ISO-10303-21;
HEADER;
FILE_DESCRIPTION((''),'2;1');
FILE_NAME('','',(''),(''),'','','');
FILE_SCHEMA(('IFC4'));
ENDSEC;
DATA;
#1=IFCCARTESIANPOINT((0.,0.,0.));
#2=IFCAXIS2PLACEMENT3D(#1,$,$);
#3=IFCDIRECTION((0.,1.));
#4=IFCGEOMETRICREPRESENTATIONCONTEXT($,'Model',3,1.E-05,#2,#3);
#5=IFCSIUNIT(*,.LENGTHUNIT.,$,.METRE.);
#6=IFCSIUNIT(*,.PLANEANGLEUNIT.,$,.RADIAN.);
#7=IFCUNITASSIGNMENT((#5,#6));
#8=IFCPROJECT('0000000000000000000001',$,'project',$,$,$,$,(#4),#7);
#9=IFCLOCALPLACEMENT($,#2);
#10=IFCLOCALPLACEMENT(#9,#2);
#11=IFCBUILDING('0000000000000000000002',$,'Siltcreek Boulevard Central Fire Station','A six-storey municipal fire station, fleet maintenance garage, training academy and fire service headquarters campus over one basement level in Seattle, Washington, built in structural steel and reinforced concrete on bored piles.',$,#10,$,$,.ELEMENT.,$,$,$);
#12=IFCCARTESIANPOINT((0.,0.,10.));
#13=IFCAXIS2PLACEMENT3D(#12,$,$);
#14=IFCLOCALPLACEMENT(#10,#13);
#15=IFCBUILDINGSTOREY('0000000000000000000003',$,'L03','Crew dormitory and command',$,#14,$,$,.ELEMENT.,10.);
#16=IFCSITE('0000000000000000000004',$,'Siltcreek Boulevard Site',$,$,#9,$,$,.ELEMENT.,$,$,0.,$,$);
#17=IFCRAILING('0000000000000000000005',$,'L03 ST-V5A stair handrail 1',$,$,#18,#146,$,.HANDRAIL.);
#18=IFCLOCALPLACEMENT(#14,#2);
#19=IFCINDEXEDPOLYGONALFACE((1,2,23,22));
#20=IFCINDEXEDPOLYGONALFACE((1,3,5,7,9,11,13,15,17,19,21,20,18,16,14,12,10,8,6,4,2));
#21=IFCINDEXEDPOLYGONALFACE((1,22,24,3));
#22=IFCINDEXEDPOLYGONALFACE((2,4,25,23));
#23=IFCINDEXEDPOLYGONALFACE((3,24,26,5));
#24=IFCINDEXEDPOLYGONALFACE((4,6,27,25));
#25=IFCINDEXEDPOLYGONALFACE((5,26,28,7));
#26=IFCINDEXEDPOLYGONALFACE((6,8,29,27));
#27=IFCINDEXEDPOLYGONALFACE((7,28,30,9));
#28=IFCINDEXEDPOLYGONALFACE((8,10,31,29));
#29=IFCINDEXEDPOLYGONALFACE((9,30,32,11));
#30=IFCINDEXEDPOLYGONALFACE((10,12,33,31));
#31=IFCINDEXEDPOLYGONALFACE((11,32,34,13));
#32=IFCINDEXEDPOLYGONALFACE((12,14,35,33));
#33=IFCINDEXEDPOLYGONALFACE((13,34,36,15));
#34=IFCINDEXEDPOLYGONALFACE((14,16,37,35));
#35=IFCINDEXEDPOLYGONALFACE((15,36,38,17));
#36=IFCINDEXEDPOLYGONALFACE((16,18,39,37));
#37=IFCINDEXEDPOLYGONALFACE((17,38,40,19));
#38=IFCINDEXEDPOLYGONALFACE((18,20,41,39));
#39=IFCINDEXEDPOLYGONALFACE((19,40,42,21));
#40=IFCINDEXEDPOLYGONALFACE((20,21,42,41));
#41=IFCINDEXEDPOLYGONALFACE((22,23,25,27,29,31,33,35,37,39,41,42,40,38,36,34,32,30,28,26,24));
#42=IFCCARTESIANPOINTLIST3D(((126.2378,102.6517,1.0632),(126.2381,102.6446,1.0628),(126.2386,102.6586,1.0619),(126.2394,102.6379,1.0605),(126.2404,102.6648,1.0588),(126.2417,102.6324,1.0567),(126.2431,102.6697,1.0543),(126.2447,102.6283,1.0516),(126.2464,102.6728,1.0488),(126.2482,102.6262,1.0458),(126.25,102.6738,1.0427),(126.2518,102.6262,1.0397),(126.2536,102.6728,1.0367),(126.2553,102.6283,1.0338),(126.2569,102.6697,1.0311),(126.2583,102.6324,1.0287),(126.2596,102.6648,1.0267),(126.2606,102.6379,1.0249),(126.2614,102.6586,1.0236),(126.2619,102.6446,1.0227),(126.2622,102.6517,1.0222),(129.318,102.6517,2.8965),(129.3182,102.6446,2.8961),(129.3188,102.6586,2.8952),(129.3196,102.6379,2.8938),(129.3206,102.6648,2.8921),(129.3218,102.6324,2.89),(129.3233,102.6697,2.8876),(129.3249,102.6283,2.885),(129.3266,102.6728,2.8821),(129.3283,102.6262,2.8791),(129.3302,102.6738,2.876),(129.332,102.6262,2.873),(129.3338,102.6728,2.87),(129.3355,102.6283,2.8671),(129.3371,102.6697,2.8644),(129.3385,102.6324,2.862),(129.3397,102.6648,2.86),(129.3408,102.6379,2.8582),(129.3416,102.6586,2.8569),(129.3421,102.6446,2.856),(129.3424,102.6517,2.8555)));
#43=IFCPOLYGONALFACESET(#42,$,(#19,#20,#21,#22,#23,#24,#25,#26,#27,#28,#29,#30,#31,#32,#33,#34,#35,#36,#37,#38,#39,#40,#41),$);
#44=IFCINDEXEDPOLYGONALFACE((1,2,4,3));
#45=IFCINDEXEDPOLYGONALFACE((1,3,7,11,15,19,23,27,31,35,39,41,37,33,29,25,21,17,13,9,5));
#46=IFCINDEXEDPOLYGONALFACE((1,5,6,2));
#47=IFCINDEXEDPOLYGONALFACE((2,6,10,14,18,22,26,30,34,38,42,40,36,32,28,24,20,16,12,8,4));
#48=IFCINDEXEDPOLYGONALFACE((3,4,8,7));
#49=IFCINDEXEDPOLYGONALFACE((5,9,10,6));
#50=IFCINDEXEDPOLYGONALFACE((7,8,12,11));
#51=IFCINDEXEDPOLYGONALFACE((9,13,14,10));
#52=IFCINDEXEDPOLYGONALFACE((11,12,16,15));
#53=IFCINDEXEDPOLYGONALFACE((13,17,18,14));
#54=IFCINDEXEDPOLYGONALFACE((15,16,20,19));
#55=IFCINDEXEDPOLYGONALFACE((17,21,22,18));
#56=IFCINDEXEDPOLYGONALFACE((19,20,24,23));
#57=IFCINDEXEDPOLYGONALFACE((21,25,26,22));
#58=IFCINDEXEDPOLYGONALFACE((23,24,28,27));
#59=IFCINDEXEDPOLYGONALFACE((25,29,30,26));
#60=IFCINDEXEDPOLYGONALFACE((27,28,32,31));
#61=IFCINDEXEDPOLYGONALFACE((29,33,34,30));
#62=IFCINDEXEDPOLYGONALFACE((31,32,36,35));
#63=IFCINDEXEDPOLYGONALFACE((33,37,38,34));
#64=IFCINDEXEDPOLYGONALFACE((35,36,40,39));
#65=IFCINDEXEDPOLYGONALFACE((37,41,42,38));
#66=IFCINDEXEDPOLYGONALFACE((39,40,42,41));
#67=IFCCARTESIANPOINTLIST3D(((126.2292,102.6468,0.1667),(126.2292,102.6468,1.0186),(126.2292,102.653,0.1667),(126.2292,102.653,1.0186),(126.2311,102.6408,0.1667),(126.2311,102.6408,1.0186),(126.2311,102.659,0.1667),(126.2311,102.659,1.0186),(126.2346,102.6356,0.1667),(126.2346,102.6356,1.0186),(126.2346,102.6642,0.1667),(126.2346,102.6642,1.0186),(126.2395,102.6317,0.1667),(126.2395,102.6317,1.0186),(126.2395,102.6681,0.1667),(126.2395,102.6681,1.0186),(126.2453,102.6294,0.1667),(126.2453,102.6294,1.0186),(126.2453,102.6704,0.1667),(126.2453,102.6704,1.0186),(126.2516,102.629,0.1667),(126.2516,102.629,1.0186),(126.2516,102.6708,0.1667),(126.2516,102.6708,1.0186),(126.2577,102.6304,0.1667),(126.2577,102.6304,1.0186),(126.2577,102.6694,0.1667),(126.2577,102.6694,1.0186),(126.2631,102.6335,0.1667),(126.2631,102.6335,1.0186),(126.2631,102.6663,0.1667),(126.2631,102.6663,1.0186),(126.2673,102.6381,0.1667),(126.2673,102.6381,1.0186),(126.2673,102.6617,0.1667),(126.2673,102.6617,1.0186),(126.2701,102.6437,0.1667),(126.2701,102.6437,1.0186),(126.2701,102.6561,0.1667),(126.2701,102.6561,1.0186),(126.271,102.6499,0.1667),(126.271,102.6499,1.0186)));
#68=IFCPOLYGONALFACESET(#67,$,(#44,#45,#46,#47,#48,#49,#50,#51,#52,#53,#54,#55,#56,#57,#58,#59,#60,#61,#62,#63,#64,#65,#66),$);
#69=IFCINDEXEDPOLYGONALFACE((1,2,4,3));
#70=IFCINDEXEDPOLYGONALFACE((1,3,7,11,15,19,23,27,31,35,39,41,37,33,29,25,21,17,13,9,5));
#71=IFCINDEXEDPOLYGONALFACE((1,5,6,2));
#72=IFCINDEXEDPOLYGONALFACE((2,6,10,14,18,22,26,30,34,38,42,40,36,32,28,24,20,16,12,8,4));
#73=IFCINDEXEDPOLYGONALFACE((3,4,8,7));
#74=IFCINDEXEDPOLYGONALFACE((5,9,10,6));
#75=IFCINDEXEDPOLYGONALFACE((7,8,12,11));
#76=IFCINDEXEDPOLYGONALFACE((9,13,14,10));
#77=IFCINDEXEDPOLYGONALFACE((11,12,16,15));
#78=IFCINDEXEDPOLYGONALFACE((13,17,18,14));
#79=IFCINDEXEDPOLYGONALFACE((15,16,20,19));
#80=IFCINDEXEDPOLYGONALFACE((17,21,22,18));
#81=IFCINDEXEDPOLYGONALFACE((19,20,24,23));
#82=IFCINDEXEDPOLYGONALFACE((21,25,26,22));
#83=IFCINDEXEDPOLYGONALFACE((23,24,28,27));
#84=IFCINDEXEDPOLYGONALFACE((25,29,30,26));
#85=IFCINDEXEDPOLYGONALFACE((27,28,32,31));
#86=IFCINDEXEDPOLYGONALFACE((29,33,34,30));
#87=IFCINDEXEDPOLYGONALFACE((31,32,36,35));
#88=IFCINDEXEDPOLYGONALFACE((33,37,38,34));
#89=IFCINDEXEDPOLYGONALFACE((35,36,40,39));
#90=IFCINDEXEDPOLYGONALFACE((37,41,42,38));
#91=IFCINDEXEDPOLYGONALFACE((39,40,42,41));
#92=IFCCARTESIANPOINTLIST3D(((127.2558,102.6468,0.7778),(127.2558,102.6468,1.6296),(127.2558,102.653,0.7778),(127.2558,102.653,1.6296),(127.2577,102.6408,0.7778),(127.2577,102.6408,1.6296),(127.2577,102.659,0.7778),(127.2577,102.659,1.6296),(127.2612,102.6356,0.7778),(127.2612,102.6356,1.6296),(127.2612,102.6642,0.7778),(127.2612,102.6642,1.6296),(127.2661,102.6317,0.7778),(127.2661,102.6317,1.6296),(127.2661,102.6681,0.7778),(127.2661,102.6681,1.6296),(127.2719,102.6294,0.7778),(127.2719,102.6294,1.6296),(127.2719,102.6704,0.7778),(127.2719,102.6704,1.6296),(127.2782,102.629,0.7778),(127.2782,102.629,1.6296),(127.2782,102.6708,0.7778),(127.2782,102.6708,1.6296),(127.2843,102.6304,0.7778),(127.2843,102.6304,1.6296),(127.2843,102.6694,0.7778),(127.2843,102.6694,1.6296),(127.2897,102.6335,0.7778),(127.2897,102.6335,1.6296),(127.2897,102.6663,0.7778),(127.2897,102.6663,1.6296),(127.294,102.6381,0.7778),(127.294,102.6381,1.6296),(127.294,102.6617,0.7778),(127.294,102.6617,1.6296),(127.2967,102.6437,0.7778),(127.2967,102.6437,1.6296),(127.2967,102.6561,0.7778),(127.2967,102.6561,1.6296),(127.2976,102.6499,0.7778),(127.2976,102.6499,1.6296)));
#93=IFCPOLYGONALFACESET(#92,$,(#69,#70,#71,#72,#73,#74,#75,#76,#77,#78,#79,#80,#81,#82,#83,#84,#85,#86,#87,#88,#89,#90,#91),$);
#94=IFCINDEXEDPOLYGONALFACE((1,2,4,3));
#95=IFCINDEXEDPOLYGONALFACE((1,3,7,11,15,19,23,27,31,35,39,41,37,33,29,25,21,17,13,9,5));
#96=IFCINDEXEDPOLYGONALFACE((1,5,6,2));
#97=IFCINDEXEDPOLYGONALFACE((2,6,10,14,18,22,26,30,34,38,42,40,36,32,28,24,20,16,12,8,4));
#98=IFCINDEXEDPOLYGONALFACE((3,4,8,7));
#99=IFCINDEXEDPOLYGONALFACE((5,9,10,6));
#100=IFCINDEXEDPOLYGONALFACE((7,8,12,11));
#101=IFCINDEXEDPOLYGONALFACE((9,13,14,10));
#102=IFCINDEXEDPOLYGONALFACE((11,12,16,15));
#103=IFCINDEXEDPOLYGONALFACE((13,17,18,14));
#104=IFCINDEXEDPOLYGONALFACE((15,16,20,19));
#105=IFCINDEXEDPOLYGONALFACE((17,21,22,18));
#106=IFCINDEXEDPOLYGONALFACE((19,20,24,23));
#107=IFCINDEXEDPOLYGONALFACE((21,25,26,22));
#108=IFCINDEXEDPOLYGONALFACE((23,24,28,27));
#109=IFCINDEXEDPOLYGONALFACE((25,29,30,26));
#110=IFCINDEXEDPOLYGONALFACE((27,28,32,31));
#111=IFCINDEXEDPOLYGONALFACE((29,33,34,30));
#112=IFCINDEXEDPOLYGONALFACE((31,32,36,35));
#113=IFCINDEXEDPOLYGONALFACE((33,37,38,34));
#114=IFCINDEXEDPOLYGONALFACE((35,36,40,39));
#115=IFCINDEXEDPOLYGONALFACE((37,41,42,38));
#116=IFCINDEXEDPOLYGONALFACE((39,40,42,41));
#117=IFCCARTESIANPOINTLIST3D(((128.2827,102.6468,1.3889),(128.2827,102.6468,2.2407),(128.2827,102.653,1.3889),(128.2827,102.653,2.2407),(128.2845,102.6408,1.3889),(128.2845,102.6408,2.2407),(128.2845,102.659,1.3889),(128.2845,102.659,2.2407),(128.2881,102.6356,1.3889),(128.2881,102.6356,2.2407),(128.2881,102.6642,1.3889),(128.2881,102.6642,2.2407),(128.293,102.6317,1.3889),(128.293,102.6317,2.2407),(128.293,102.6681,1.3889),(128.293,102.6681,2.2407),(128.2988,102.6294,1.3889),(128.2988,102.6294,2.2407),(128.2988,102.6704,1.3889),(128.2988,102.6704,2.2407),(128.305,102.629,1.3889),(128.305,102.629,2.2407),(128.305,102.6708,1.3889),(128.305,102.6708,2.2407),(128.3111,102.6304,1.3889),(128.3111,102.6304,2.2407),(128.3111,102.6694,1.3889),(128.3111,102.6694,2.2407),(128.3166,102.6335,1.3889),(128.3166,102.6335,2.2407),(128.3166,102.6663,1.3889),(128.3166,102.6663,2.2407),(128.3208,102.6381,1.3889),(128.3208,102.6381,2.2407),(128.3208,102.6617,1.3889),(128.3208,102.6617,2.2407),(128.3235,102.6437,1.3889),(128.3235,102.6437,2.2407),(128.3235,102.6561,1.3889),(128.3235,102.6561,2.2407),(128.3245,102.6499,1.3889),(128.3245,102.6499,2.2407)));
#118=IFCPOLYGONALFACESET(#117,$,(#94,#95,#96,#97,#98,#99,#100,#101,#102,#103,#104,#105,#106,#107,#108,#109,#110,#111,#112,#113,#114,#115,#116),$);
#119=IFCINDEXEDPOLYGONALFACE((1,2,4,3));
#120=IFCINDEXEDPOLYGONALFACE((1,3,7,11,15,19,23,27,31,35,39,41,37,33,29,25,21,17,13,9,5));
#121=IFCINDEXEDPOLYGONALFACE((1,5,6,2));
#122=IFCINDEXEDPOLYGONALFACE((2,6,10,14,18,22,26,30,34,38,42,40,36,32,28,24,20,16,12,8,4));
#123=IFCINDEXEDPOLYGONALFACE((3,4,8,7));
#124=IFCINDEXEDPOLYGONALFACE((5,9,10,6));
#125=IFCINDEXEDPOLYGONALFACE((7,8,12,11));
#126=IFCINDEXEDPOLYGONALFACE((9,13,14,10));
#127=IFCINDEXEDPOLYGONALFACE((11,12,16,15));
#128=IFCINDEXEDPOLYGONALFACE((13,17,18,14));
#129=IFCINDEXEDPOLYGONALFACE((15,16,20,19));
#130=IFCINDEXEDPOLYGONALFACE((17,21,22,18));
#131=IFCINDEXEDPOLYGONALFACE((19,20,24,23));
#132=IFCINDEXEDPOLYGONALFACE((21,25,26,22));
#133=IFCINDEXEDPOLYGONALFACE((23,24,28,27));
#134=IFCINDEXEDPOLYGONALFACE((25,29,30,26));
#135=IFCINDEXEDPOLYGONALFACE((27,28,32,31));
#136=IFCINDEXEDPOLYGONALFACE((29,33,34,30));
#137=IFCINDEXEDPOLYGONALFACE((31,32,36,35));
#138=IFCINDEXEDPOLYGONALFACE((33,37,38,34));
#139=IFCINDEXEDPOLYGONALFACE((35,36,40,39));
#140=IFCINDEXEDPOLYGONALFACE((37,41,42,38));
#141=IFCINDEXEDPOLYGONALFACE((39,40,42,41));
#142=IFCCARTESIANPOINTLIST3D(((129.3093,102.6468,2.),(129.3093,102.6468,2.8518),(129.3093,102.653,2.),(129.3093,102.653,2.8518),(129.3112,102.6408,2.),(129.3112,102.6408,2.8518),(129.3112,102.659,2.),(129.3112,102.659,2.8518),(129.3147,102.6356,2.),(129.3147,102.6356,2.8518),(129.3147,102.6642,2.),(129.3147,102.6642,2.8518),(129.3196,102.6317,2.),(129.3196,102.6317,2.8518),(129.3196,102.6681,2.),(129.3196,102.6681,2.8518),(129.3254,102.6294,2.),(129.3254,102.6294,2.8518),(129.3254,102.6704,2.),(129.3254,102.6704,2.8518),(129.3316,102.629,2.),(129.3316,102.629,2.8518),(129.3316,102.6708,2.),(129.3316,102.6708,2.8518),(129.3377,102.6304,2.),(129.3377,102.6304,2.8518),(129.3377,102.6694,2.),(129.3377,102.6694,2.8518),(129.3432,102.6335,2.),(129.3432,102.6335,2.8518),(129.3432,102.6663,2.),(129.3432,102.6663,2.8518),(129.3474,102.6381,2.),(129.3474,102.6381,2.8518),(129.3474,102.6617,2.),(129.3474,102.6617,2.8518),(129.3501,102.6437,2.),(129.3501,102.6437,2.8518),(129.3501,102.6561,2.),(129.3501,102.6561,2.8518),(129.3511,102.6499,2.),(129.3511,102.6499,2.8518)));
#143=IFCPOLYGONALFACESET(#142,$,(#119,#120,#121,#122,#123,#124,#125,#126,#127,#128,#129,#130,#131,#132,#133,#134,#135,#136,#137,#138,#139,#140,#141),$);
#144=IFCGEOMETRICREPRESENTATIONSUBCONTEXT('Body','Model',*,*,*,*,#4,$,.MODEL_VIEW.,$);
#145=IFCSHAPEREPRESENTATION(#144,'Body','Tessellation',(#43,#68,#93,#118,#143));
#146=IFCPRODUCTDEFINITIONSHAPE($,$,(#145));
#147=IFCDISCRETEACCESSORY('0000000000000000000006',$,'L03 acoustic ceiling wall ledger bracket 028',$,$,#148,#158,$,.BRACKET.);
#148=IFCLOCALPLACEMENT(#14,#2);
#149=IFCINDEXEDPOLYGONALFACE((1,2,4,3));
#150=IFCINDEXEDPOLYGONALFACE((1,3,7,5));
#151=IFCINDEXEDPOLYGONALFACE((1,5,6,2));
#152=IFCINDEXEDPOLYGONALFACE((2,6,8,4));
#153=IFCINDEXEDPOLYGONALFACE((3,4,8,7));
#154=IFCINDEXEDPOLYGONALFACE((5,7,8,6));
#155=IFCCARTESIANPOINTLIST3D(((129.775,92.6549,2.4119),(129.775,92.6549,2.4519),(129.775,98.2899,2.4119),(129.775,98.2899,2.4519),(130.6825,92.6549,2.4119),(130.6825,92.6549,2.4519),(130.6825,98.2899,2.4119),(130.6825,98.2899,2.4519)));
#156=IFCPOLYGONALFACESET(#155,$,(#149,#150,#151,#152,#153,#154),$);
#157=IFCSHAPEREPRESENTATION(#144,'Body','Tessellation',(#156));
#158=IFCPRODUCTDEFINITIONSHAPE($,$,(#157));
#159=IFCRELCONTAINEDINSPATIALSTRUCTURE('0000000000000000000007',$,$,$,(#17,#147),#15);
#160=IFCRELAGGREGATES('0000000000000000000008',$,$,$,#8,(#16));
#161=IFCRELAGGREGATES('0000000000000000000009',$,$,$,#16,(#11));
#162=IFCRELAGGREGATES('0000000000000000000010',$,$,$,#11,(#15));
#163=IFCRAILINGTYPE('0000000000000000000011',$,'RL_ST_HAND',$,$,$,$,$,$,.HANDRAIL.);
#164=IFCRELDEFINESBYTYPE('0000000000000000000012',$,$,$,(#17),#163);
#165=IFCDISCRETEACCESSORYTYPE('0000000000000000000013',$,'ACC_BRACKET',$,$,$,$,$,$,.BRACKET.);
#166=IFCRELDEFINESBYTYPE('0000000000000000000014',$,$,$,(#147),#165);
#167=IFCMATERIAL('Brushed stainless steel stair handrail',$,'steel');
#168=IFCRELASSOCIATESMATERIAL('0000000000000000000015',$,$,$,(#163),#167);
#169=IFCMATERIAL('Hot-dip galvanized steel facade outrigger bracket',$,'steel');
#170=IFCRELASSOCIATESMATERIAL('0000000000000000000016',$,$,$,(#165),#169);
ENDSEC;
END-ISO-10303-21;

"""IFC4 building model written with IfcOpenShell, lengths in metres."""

from ifc_helpers import new_model, si_unit, direction, frame, origin, origin_2d, place, context, subcontext, project, spatial, rectangle, circle, extrude, material, type_object, element, save


model = new_model("IFC4")

# Units and contexts
model_context = context("Model", 3, precision=1e-05, world=origin(), true_north=direction((0.0, 1.0)))
body_context = subcontext(model_context, "Body", "Model", "MODEL_VIEW")
ifc_project = project(units=[si_unit("LENGTHUNIT", "METRE"), si_unit("PLANEANGLEUNIT", "RADIAN")], contexts=[model_context])

# Site, building, storey
site_placement = place(None, origin())
site = spatial("IfcSite", under=ifc_project, at=site_placement, Name="Siltcreek Boulevard Site", CompositionType="ELEMENT", RefElevation=0.0)
building_placement = place(site_placement, origin())
building = spatial("IfcBuilding", under=site, at=building_placement, Name="Siltcreek Boulevard Central Fire Station", Description="A six-storey municipal fire station, fleet maintenance garage, training academy and fire service headquarters campus over one basement level in Seattle, Washington, built in structural steel and reinforced concrete on bored piles.", CompositionType="ELEMENT")
storey_placement = place(building_placement, frame((0.0, 0.0, 10.0)))
storey = spatial("IfcBuildingStorey", under=building, at=storey_placement, Name="L03", Description="Crew dormitory and command", CompositionType="ELEMENT", Elevation=10.0)

# Railing
ifc_material_1 = material(Name="Brushed stainless steel stair handrail", Category="steel")
railing_type_1 = type_object("IfcRailingType", Name="RL_ST_HAND", PredefinedType="HANDRAIL", material=ifc_material_1)
railing_1_placement = place(storey_placement, frame((126.25, 102.6499, 0.1667)))
element("IfcRailing", 1, at=railing_1_placement, inside=storey, type_object=railing_type_1, Name="L03 ST-V5A stair handrail 1", PredefinedType="HANDRAIL", context=body_context, shape_type="SweptSolid", body=[
    extrude(circle(Radius=0.0239, at=origin_2d()), frame((0.0, 0.0, 0.876), z_axis=(0.859309, 0.0, 0.511458), x_axis=(0.0, 1.0, 0.0)), (0.0, 0.0, 1.0), 3.5845),
    extrude(circle(Radius=0.021, at=origin_2d()), origin(), (0.0, 0.0, 1.0), 0.8518),
    extrude(circle(Radius=0.021, at=origin_2d()), frame((1.0266, 0.0, 0.6111)), (0.0, 0.0, 1.0), 0.8518),
    extrude(circle(Radius=0.021, at=origin_2d()), frame((2.0535, 0.0, 1.2222)), (0.0, 0.0, 1.0), 0.8518),
    extrude(circle(Radius=0.021, at=origin_2d()), frame((3.0801, 0.0, 1.8333)), (0.0, 0.0, 1.0), 0.8518),
])

# Discrete accessory
ifc_material_2 = material(Name="Hot-dip galvanized steel facade outrigger bracket", Category="steel")
discrete_accessory_type = type_object("IfcDiscreteAccessoryType", Name="ACC_BRACKET", PredefinedType="BRACKET", material=ifc_material_2)
discrete_accessory_placement = place(storey_placement, frame((130.2288, 95.4724, 2.4119), z_axis=(0.0, 0.0, 1.0), x_axis=(1.0, 0.0, 0.0)))
element("IfcDiscreteAccessory", 2, at=discrete_accessory_placement, inside=storey, type_object=discrete_accessory_type, Name="L03 acoustic ceiling wall ledger bracket 028", PredefinedType="BRACKET", context=body_context, shape_type="SweptSolid", body=[
    extrude(rectangle(XDim=0.9075, YDim=5.635, at=origin_2d()), origin(), (0.0, 0.0, 1.0), 0.04),
])

save(model, "model.ifc")
